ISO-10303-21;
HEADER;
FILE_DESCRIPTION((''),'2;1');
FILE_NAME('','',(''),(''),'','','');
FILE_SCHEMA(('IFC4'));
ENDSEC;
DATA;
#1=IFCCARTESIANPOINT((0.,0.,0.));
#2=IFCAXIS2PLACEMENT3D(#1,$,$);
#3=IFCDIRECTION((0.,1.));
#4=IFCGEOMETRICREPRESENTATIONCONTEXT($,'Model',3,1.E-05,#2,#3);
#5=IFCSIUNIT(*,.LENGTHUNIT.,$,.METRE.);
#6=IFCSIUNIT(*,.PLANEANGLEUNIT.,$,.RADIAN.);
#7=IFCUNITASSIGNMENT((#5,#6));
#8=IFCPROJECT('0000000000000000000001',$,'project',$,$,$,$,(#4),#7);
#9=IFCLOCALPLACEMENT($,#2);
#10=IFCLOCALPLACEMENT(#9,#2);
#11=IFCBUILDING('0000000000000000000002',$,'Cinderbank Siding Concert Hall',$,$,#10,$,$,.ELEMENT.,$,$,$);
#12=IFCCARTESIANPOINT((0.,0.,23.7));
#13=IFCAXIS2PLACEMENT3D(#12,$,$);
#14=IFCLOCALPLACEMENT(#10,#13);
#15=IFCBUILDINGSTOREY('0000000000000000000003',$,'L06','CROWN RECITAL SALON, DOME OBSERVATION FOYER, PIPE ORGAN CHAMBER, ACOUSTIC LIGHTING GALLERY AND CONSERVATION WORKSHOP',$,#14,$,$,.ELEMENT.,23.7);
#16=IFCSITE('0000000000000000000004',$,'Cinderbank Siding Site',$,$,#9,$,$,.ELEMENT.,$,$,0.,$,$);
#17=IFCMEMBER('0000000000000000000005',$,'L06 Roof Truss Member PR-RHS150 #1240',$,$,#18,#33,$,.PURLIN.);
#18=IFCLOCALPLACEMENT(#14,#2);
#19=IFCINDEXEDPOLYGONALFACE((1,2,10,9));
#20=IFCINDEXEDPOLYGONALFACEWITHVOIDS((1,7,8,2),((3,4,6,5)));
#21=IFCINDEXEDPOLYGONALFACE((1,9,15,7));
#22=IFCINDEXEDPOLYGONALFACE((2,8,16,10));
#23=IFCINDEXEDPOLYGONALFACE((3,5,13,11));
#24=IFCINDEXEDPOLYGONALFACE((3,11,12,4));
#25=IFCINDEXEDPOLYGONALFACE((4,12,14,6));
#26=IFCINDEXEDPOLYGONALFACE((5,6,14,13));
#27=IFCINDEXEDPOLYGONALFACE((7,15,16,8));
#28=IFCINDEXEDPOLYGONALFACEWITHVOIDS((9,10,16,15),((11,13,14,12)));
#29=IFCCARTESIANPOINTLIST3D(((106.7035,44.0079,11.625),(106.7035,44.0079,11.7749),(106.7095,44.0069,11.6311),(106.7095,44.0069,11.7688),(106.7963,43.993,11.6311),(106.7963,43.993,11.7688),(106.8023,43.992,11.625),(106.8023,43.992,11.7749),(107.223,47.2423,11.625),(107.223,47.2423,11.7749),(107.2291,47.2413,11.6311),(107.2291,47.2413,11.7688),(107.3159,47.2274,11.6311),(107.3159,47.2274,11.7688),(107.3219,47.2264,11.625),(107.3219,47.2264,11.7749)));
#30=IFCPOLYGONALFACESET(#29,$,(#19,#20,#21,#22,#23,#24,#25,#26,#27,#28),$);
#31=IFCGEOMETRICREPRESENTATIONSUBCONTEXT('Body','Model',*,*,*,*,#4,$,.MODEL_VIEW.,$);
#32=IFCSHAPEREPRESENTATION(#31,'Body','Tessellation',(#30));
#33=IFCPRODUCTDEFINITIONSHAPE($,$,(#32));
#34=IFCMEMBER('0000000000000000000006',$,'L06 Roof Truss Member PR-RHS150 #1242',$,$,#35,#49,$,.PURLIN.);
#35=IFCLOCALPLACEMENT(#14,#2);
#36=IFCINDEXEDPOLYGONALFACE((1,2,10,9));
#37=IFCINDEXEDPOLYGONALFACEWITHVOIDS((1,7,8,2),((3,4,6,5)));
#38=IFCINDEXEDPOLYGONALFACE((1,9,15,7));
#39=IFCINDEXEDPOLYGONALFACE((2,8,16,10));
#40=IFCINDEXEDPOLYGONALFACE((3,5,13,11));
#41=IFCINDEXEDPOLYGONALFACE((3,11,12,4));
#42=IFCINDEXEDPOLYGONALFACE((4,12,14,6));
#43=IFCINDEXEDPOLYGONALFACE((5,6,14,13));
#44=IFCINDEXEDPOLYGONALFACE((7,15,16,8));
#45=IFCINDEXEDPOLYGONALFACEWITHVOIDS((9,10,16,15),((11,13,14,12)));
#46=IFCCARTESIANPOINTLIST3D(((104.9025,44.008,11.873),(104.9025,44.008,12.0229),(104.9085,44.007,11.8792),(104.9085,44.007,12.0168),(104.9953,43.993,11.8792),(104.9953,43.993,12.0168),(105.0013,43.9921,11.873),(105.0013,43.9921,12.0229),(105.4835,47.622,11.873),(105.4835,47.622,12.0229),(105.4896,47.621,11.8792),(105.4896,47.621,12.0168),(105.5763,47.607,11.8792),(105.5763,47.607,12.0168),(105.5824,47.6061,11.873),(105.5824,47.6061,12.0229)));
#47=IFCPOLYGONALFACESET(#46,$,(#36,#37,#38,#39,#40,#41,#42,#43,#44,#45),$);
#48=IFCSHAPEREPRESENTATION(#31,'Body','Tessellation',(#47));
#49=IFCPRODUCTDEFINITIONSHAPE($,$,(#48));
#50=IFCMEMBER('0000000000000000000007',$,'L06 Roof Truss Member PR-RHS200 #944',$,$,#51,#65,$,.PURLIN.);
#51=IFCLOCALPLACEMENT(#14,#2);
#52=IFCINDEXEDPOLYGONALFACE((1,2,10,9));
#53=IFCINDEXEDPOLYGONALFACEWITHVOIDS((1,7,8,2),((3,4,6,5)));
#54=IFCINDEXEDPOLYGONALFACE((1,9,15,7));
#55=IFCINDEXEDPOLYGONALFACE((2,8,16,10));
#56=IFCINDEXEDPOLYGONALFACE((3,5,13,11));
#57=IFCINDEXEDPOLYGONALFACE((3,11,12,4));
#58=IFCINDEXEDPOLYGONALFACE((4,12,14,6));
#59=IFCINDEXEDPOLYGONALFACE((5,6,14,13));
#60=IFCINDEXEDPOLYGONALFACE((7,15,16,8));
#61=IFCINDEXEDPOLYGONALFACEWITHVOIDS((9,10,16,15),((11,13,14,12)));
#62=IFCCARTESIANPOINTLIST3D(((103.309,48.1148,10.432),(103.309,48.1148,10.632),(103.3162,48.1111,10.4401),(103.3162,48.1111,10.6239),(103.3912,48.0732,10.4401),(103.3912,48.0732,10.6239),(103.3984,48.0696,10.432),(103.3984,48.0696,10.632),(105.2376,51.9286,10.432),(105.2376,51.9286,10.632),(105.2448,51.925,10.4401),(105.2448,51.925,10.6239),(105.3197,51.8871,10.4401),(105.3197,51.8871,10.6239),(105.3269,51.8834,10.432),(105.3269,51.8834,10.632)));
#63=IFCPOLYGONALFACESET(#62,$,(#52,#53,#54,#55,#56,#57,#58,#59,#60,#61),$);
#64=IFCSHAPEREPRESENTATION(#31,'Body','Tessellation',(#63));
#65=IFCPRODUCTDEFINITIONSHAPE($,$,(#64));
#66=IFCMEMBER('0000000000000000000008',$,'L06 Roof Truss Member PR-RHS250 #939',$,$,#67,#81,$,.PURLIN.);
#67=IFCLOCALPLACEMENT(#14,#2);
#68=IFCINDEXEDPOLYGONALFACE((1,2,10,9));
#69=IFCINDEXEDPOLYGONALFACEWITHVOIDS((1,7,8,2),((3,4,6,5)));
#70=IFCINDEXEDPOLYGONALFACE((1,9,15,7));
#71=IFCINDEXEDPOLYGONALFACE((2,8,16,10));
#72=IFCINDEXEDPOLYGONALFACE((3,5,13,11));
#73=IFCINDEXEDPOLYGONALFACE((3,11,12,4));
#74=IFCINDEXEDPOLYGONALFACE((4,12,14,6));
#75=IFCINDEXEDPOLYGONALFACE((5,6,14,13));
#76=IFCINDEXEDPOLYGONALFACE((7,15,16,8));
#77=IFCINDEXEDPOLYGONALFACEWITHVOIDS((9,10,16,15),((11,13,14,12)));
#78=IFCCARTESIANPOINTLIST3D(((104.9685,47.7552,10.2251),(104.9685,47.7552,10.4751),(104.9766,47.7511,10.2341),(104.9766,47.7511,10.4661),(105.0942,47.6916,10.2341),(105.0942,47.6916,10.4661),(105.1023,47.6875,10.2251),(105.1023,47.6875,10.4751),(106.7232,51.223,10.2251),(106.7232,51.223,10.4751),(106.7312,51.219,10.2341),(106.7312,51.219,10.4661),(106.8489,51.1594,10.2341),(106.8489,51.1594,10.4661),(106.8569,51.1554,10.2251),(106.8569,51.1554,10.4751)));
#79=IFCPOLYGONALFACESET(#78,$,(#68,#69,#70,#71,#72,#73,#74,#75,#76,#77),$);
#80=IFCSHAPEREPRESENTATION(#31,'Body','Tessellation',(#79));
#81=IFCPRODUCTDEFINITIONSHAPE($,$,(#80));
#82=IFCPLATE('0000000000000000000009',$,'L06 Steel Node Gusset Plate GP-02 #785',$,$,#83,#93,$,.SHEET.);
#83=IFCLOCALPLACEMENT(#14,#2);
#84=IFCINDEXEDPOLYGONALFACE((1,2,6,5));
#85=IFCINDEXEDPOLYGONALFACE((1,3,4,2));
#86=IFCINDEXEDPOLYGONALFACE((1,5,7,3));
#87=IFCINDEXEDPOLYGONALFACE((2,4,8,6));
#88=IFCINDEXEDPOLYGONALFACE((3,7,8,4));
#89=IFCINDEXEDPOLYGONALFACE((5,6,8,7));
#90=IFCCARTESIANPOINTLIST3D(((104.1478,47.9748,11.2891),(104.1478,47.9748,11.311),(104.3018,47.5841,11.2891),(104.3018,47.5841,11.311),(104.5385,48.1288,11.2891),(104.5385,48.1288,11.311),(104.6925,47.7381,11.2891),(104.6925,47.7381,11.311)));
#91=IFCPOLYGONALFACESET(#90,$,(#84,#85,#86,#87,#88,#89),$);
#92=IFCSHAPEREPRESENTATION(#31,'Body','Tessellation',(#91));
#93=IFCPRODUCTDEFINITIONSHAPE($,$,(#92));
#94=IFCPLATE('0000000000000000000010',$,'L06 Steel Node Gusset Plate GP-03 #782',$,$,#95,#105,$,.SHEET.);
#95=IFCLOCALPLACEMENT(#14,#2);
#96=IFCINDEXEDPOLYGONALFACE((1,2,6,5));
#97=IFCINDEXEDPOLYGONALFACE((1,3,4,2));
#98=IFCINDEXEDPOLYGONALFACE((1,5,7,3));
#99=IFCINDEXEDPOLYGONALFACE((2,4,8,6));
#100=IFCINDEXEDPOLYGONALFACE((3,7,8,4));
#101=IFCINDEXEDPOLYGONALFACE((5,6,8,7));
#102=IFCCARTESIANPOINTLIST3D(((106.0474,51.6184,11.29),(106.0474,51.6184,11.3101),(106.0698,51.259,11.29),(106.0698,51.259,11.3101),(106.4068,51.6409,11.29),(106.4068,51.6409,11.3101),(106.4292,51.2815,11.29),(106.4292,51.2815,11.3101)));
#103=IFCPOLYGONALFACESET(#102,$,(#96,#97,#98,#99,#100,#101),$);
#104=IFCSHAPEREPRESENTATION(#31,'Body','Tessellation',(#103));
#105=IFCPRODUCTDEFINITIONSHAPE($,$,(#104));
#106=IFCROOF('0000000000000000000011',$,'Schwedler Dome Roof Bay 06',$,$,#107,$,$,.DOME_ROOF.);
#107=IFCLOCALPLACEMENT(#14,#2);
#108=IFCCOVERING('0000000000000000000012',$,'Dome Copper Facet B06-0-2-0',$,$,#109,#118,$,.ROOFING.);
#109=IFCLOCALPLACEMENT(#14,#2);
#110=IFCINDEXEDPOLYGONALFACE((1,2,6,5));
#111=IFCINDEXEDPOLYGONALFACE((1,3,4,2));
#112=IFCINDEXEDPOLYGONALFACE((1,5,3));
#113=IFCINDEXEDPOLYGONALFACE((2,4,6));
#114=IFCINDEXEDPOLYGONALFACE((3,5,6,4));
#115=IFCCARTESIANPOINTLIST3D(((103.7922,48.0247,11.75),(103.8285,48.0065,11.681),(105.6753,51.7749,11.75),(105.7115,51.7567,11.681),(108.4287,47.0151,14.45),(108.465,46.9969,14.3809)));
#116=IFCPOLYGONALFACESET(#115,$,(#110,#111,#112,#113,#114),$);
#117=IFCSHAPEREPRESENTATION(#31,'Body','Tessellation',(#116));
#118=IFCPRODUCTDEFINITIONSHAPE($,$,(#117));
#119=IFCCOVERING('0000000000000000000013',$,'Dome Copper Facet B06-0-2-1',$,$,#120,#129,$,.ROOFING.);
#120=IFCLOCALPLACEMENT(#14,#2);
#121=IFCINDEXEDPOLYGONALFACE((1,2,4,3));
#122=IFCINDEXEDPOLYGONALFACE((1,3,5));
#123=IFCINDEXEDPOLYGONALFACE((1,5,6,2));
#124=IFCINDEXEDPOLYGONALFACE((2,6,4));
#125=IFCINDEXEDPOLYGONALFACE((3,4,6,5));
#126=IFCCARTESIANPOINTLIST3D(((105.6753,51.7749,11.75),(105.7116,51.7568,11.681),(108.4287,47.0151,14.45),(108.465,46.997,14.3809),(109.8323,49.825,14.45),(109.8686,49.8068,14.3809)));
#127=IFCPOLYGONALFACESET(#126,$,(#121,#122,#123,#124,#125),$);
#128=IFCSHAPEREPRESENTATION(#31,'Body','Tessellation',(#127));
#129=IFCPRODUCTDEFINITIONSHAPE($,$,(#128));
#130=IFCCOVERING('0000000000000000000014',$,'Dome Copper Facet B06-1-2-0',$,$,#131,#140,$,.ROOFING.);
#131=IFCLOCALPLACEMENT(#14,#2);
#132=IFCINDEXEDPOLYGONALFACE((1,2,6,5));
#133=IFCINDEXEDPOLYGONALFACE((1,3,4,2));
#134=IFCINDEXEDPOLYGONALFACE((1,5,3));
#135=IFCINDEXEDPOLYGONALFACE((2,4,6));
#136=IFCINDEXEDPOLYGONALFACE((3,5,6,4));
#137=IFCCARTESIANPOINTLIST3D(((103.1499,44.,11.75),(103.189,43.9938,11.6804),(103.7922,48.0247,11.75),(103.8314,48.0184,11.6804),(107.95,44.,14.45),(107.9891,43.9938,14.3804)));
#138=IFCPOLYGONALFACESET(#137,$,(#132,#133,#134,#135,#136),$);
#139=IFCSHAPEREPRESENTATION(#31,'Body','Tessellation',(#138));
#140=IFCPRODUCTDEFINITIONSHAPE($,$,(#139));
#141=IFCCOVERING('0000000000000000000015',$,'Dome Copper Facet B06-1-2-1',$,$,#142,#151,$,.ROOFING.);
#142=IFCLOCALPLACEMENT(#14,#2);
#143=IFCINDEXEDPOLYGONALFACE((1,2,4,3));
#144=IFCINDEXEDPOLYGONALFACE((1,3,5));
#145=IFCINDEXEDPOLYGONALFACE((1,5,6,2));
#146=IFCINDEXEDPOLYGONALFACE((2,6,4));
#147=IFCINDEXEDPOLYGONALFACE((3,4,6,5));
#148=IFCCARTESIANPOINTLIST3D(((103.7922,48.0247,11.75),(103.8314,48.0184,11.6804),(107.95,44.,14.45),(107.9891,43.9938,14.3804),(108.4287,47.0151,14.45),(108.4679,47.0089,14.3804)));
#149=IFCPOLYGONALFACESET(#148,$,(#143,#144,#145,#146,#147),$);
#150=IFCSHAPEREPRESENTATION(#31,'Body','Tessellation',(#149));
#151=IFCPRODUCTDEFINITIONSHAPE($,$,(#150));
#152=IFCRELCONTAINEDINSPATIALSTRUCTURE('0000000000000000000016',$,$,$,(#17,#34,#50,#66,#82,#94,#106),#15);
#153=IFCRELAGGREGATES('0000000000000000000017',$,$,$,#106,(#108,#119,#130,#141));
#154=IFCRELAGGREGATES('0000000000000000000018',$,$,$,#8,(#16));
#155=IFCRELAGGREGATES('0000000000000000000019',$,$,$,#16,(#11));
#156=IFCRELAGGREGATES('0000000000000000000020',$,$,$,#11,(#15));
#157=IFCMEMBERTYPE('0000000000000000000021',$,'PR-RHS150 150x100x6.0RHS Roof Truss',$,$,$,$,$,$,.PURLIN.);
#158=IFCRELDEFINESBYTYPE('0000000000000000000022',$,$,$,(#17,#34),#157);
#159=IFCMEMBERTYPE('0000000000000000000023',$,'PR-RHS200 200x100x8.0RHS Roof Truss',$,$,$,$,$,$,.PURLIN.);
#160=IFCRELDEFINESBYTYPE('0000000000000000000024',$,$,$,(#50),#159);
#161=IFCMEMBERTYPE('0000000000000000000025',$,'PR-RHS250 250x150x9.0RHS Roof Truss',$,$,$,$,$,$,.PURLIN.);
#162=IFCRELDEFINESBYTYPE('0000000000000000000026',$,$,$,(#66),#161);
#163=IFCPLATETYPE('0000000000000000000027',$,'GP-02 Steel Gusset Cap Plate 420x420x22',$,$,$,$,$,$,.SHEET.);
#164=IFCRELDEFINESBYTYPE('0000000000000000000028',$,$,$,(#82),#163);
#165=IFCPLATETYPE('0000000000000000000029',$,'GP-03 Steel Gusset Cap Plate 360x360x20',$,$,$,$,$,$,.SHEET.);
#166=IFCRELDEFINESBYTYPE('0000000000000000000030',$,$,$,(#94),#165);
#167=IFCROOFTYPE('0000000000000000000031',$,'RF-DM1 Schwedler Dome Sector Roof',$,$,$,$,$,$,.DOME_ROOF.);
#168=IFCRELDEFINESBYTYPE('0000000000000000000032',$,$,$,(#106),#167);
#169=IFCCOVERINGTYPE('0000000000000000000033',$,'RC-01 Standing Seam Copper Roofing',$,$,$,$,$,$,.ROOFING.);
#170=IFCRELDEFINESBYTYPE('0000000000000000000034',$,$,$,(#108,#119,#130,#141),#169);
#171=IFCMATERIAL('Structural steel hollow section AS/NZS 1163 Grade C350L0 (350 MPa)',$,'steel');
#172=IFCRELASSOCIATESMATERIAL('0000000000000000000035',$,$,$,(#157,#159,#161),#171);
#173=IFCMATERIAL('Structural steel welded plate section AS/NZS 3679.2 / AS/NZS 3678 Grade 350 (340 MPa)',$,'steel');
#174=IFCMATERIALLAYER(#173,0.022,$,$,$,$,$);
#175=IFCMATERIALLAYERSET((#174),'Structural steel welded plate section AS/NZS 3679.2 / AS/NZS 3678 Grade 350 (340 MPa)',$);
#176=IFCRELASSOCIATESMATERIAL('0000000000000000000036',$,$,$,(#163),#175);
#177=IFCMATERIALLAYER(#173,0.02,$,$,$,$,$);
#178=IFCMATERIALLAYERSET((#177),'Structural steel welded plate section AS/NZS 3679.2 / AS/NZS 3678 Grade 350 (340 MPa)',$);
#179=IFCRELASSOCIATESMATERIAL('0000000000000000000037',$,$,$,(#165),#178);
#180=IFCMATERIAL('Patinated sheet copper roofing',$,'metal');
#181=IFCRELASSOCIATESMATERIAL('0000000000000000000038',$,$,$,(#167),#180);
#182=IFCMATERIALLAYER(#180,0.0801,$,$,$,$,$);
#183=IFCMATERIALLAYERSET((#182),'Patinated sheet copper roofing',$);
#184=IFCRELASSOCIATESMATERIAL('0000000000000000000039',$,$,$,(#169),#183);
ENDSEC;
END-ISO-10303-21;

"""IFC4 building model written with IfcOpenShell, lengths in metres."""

from ifc_helpers import new_model, si_unit, direction, frame, origin, origin_2d, place, context, subcontext, project, spatial, polyline, rectangle, hollow_rectangle, outline, extrude, material, layer, layer_set, material_profile, profile_set, type_object, element, aggregate, save


model = new_model("IFC4")

# Units and contexts
model_context = context("Model", 3, precision=1e-05, world=origin(), true_north=direction((0.0, 1.0)))
body_context = subcontext(model_context, "Body", "Model", "MODEL_VIEW")
ifc_project = project(units=[si_unit("LENGTHUNIT", "METRE"), si_unit("PLANEANGLEUNIT", "RADIAN")], contexts=[model_context])

# Site, building, storey
site_placement = place(None, origin())
site = spatial("IfcSite", under=ifc_project, at=site_placement, Name="Cinderbank Siding Site", CompositionType="ELEMENT", RefElevation=0.0)
building_placement = place(site_placement, origin())
building = spatial("IfcBuilding", under=site, at=building_placement, Name="Cinderbank Siding Concert Hall", CompositionType="ELEMENT")
storey_placement = place(building_placement, frame((0.0, 0.0, 23.7)))
storey = spatial("IfcBuildingStorey", under=building, at=storey_placement, Name="L06", Description="CROWN RECITAL SALON, DOME OBSERVATION FOYER, PIPE ORGAN CHAMBER, ACOUSTIC LIGHTING GALLERY AND CONSERVATION WORKSHOP", CompositionType="ELEMENT", Elevation=23.7)

# Members
ifc_material_1 = material(Name="Structural steel hollow section AS/NZS 1163 Grade C350L0 (350 MPa)", Category="steel")
ifc_material_profile_1 = material_profile(ifc_material_1, hollow_rectangle(XDim=0.1001, YDim=0.1499, WallThickness=0.0061, at=origin_2d()), Name="150x100x6.0RHS", Category="LoadBearing")
ifc_profile_set_1 = profile_set([ifc_material_profile_1], Name="Structural steel hollow section AS/NZS 1163 Grade C350L0 (350 MPa)")
member_type_1 = type_object("IfcMemberType", Name="PR-RHS150 150x100x6.0RHS Roof Truss", PredefinedType="PURLIN", material=ifc_profile_set_1)
member_1_placement = place(storey_placement, frame((107.2725, 47.2344, 11.7), z_axis=(-0.158595, -0.987344, 0.0), x_axis=(0.987344, -0.158595, 0.0)))
element("IfcMember", 1, at=member_1_placement, inside=storey, type_object=member_type_1, Name="L06 Roof Truss Member PR-RHS150 #1240", PredefinedType="PURLIN", context=body_context, shape_type="SweptSolid", body=[
    extrude(hollow_rectangle(XDim=0.1001, YDim=0.1499, WallThickness=0.0061, at=origin_2d()), origin(), (0.0, 0.0, 1.0), 3.2759),
])
member_2_placement = place(storey_placement, frame((105.533, 47.614, 11.948), z_axis=(-0.15874, -0.98732, 0.0), x_axis=(0.98732, -0.15874, 0.0)))
element("IfcMember", 2, at=member_2_placement, inside=storey, type_object=member_type_1, Name="L06 Roof Truss Member PR-RHS150 #1242", PredefinedType="PURLIN", context=body_context, shape_type="SweptSolid", body=[
    extrude(hollow_rectangle(XDim=0.1001, YDim=0.1499, WallThickness=0.0061, at=origin_2d()), origin(), (0.0, 0.0, 1.0), 3.6604),
])
ifc_material_profile_2 = material_profile(ifc_material_1, hollow_rectangle(XDim=0.1001, YDim=0.2, WallThickness=0.0081, at=origin_2d()), Name="200x100x8.0RHS", Category="LoadBearing")
ifc_profile_set_2 = profile_set([ifc_material_profile_2], Name="Structural steel hollow section AS/NZS 1163 Grade C350L0 (350 MPa)")
member_type_2 = type_object("IfcMemberType", Name="PR-RHS200 200x100x8.0RHS Roof Truss", PredefinedType="PURLIN", material=ifc_profile_set_2)
member_3_placement = place(storey_placement, frame((105.2822, 51.906, 10.532), z_axis=(-0.451254, -0.892396, 0.0), x_axis=(0.892396, -0.451254, 0.0)))
element("IfcMember", 3, at=member_3_placement, inside=storey, type_object=member_type_2, Name="L06 Roof Truss Member PR-RHS200 #944", PredefinedType="PURLIN", context=body_context, shape_type="SweptSolid", body=[
    extrude(hollow_rectangle(XDim=0.1001, YDim=0.2, WallThickness=0.0081, at=origin_2d()), origin(), (0.0, 0.0, 1.0), 4.2737),
])
ifc_material_profile_3 = material_profile(ifc_material_1, hollow_rectangle(XDim=0.1499, YDim=0.25, WallThickness=0.009, at=origin_2d()), Name="250x150x9.0RHS", Category="LoadBearing")
ifc_profile_set_3 = profile_set([ifc_material_profile_3], Name="Structural steel hollow section AS/NZS 1163 Grade C350L0 (350 MPa)")
member_type_3 = type_object("IfcMemberType", Name="PR-RHS250 250x150x9.0RHS Roof Truss", PredefinedType="PURLIN", material=ifc_profile_set_3)
member_4_placement = place(storey_placement, frame((106.79, 51.1892, 10.3501), z_axis=(-0.45148, -0.892281, 0.0), x_axis=(0.892281, -0.45148, 0.0)))
element("IfcMember", 4, at=member_4_placement, inside=storey, type_object=member_type_3, Name="L06 Roof Truss Member PR-RHS250 #939", PredefinedType="PURLIN", context=body_context, shape_type="SweptSolid", body=[
    extrude(hollow_rectangle(XDim=0.1499, YDim=0.25, WallThickness=0.009, at=origin_2d()), origin(), (0.0, 0.0, 1.0), 3.8865),
])

# Plates
ifc_material_2 = material(Name="Structural steel welded plate section AS/NZS 3679.2 / AS/NZS 3678 Grade 350 (340 MPa)", Category="steel")
ifc_layer_1 = layer(ifc_material_2, 0.022)
ifc_layer_set_1 = layer_set([ifc_layer_1], Name="Structural steel welded plate section AS/NZS 3679.2 / AS/NZS 3678 Grade 350 (340 MPa)")
plate_type_1 = type_object("IfcPlateType", Name="GP-02 Steel Gusset Cap Plate 420x420x22", PredefinedType="SHEET", material=ifc_layer_set_1)
plate_1_placement = place(storey_placement, frame((104.4202, 47.8564, 11.2891), z_axis=(0.0, 0.0, 1.0), x_axis=(0.366664, -0.930354, 0.0)))
element("IfcPlate", 5, at=plate_1_placement, inside=storey, type_object=plate_type_1, Name="L06 Steel Node Gusset Plate GP-02 #785", PredefinedType="SHEET", context=body_context, shape_type="SweptSolid", body=[
    extrude(rectangle(XDim=0.4199, YDim=0.4199, at=origin_2d()), origin(), (0.0, 0.0, 1.0), 0.022),
])
ifc_layer_2 = layer(ifc_material_2, 0.02)
ifc_layer_set_2 = layer_set([ifc_layer_2], Name="Structural steel welded plate section AS/NZS 3679.2 / AS/NZS 3678 Grade 350 (340 MPa)")
plate_type_2 = type_object("IfcPlateType", Name="GP-03 Steel Gusset Cap Plate 360x360x20", PredefinedType="SHEET", material=ifc_layer_set_2)
plate_2_placement = place(storey_placement, frame((106.2383, 51.45, 11.29), z_axis=(0.0, 0.0, 1.0), x_axis=(0.062268, -0.998059, 0.0)))
element("IfcPlate", 6, at=plate_2_placement, inside=storey, type_object=plate_type_2, Name="L06 Steel Node Gusset Plate GP-03 #782", PredefinedType="SHEET", context=body_context, shape_type="SweptSolid", body=[
    extrude(rectangle(XDim=0.3601, YDim=0.3601, at=origin_2d()), origin(), (0.0, 0.0, 1.0), 0.02),
])

# Roof, coverings
ifc_material_3 = material(Name="Patinated sheet copper roofing", Category="metal")
roof_type = type_object("IfcRoofType", Name="RF-DM1 Schwedler Dome Sector Roof", PredefinedType="DOME_ROOF", material=ifc_material_3)
roof_placement = place(storey_placement, origin())
roof = element("IfcRoof", 7, at=roof_placement, inside=storey, type_object=roof_type, Name="Schwedler Dome Roof Bay 06", PredefinedType="DOME_ROOF")
ifc_layer_3 = layer(ifc_material_3, 0.0801)
ifc_layer_set_3 = layer_set([ifc_layer_3], Name="Patinated sheet copper roofing")
covering_type = type_object("IfcCoveringType", Name="RC-01 Standing Seam Copper Roofing", PredefinedType="ROOFING", material=ifc_layer_set_3)
covering_1_placement = place(storey_placement, frame((105.6753, 51.7749, 11.75), z_axis=(-0.452628, 0.227272, 0.86225), x_axis=(-0.448726, -0.89367, 0.0)))
covering_1 = element("IfcCovering", 8, at=covering_1_placement, type_object=covering_type, Name="Dome Copper Facet B06-0-2-0", PredefinedType="ROOFING", context=body_context, shape_type="SweptSolid", body=[
    extrude(outline(polyline([(0.0, 0.0), (4.1965, 0.0), (3.0181, 5.3308), (0.0, 0.0)])), origin(), (0.0, 0.0, -1.0), 0.0801),
])
covering_2_placement = place(storey_placement, frame((105.6753, 51.7749, 11.75), z_axis=(-0.453558, 0.226562, 0.861948), x_axis=(0.449473, -0.776993, 0.440745)))
covering_2 = element("IfcCovering", 9, at=covering_2_placement, type_object=covering_type, Name="Dome Copper Facet B06-0-2-1", PredefinedType="ROOFING", context=body_context, shape_type="SweptSolid", body=[
    extrude(outline(polyline([(0.0, 0.0), (6.1259, 0.0), (4.5735, 2.7304), (0.0, 0.0)])), origin(), (0.0, 0.0, -1.0), 0.0801),
])
covering_3_placement = place(storey_placement, frame((103.7922, 48.0247, 11.75), z_axis=(-0.488757, 0.078005, 0.868926), x_axis=(-0.157605, -0.987502, 0.0)))
covering_3 = element("IfcCovering", 10, at=covering_3_placement, type_object=covering_type, Name="Dome Copper Facet B06-1-2-0", PredefinedType="ROOFING", context=body_context, shape_type="SweptSolid", body=[
    extrude(outline(polyline([(0.0, 0.0), (4.0756, 0.0), (3.3191, 5.4551), (0.0, 0.0)])), origin(), (0.0, 0.0, -1.0), 0.0801),
])
covering_4_placement = place(storey_placement, frame((103.7922, 48.0247, 11.75), z_axis=(-0.489024, 0.07765, 0.868807), x_axis=(0.651121, -0.630284, 0.422827)))
covering_4 = element("IfcCovering", 11, at=covering_4_placement, type_object=covering_type, Name="Dome Copper Facet B06-1-2-1", PredefinedType="ROOFING", context=body_context, shape_type="SweptSolid", body=[
    extrude(outline(polyline([(0.0, 0.0), (6.3855, 0.0), (4.7968, 2.607), (0.0, 0.0)])), origin(), (0.0, 0.0, -1.0), 0.0801),
])
aggregate(roof, [covering_1, covering_2, covering_3, covering_4])

save(model, "model.ifc")
